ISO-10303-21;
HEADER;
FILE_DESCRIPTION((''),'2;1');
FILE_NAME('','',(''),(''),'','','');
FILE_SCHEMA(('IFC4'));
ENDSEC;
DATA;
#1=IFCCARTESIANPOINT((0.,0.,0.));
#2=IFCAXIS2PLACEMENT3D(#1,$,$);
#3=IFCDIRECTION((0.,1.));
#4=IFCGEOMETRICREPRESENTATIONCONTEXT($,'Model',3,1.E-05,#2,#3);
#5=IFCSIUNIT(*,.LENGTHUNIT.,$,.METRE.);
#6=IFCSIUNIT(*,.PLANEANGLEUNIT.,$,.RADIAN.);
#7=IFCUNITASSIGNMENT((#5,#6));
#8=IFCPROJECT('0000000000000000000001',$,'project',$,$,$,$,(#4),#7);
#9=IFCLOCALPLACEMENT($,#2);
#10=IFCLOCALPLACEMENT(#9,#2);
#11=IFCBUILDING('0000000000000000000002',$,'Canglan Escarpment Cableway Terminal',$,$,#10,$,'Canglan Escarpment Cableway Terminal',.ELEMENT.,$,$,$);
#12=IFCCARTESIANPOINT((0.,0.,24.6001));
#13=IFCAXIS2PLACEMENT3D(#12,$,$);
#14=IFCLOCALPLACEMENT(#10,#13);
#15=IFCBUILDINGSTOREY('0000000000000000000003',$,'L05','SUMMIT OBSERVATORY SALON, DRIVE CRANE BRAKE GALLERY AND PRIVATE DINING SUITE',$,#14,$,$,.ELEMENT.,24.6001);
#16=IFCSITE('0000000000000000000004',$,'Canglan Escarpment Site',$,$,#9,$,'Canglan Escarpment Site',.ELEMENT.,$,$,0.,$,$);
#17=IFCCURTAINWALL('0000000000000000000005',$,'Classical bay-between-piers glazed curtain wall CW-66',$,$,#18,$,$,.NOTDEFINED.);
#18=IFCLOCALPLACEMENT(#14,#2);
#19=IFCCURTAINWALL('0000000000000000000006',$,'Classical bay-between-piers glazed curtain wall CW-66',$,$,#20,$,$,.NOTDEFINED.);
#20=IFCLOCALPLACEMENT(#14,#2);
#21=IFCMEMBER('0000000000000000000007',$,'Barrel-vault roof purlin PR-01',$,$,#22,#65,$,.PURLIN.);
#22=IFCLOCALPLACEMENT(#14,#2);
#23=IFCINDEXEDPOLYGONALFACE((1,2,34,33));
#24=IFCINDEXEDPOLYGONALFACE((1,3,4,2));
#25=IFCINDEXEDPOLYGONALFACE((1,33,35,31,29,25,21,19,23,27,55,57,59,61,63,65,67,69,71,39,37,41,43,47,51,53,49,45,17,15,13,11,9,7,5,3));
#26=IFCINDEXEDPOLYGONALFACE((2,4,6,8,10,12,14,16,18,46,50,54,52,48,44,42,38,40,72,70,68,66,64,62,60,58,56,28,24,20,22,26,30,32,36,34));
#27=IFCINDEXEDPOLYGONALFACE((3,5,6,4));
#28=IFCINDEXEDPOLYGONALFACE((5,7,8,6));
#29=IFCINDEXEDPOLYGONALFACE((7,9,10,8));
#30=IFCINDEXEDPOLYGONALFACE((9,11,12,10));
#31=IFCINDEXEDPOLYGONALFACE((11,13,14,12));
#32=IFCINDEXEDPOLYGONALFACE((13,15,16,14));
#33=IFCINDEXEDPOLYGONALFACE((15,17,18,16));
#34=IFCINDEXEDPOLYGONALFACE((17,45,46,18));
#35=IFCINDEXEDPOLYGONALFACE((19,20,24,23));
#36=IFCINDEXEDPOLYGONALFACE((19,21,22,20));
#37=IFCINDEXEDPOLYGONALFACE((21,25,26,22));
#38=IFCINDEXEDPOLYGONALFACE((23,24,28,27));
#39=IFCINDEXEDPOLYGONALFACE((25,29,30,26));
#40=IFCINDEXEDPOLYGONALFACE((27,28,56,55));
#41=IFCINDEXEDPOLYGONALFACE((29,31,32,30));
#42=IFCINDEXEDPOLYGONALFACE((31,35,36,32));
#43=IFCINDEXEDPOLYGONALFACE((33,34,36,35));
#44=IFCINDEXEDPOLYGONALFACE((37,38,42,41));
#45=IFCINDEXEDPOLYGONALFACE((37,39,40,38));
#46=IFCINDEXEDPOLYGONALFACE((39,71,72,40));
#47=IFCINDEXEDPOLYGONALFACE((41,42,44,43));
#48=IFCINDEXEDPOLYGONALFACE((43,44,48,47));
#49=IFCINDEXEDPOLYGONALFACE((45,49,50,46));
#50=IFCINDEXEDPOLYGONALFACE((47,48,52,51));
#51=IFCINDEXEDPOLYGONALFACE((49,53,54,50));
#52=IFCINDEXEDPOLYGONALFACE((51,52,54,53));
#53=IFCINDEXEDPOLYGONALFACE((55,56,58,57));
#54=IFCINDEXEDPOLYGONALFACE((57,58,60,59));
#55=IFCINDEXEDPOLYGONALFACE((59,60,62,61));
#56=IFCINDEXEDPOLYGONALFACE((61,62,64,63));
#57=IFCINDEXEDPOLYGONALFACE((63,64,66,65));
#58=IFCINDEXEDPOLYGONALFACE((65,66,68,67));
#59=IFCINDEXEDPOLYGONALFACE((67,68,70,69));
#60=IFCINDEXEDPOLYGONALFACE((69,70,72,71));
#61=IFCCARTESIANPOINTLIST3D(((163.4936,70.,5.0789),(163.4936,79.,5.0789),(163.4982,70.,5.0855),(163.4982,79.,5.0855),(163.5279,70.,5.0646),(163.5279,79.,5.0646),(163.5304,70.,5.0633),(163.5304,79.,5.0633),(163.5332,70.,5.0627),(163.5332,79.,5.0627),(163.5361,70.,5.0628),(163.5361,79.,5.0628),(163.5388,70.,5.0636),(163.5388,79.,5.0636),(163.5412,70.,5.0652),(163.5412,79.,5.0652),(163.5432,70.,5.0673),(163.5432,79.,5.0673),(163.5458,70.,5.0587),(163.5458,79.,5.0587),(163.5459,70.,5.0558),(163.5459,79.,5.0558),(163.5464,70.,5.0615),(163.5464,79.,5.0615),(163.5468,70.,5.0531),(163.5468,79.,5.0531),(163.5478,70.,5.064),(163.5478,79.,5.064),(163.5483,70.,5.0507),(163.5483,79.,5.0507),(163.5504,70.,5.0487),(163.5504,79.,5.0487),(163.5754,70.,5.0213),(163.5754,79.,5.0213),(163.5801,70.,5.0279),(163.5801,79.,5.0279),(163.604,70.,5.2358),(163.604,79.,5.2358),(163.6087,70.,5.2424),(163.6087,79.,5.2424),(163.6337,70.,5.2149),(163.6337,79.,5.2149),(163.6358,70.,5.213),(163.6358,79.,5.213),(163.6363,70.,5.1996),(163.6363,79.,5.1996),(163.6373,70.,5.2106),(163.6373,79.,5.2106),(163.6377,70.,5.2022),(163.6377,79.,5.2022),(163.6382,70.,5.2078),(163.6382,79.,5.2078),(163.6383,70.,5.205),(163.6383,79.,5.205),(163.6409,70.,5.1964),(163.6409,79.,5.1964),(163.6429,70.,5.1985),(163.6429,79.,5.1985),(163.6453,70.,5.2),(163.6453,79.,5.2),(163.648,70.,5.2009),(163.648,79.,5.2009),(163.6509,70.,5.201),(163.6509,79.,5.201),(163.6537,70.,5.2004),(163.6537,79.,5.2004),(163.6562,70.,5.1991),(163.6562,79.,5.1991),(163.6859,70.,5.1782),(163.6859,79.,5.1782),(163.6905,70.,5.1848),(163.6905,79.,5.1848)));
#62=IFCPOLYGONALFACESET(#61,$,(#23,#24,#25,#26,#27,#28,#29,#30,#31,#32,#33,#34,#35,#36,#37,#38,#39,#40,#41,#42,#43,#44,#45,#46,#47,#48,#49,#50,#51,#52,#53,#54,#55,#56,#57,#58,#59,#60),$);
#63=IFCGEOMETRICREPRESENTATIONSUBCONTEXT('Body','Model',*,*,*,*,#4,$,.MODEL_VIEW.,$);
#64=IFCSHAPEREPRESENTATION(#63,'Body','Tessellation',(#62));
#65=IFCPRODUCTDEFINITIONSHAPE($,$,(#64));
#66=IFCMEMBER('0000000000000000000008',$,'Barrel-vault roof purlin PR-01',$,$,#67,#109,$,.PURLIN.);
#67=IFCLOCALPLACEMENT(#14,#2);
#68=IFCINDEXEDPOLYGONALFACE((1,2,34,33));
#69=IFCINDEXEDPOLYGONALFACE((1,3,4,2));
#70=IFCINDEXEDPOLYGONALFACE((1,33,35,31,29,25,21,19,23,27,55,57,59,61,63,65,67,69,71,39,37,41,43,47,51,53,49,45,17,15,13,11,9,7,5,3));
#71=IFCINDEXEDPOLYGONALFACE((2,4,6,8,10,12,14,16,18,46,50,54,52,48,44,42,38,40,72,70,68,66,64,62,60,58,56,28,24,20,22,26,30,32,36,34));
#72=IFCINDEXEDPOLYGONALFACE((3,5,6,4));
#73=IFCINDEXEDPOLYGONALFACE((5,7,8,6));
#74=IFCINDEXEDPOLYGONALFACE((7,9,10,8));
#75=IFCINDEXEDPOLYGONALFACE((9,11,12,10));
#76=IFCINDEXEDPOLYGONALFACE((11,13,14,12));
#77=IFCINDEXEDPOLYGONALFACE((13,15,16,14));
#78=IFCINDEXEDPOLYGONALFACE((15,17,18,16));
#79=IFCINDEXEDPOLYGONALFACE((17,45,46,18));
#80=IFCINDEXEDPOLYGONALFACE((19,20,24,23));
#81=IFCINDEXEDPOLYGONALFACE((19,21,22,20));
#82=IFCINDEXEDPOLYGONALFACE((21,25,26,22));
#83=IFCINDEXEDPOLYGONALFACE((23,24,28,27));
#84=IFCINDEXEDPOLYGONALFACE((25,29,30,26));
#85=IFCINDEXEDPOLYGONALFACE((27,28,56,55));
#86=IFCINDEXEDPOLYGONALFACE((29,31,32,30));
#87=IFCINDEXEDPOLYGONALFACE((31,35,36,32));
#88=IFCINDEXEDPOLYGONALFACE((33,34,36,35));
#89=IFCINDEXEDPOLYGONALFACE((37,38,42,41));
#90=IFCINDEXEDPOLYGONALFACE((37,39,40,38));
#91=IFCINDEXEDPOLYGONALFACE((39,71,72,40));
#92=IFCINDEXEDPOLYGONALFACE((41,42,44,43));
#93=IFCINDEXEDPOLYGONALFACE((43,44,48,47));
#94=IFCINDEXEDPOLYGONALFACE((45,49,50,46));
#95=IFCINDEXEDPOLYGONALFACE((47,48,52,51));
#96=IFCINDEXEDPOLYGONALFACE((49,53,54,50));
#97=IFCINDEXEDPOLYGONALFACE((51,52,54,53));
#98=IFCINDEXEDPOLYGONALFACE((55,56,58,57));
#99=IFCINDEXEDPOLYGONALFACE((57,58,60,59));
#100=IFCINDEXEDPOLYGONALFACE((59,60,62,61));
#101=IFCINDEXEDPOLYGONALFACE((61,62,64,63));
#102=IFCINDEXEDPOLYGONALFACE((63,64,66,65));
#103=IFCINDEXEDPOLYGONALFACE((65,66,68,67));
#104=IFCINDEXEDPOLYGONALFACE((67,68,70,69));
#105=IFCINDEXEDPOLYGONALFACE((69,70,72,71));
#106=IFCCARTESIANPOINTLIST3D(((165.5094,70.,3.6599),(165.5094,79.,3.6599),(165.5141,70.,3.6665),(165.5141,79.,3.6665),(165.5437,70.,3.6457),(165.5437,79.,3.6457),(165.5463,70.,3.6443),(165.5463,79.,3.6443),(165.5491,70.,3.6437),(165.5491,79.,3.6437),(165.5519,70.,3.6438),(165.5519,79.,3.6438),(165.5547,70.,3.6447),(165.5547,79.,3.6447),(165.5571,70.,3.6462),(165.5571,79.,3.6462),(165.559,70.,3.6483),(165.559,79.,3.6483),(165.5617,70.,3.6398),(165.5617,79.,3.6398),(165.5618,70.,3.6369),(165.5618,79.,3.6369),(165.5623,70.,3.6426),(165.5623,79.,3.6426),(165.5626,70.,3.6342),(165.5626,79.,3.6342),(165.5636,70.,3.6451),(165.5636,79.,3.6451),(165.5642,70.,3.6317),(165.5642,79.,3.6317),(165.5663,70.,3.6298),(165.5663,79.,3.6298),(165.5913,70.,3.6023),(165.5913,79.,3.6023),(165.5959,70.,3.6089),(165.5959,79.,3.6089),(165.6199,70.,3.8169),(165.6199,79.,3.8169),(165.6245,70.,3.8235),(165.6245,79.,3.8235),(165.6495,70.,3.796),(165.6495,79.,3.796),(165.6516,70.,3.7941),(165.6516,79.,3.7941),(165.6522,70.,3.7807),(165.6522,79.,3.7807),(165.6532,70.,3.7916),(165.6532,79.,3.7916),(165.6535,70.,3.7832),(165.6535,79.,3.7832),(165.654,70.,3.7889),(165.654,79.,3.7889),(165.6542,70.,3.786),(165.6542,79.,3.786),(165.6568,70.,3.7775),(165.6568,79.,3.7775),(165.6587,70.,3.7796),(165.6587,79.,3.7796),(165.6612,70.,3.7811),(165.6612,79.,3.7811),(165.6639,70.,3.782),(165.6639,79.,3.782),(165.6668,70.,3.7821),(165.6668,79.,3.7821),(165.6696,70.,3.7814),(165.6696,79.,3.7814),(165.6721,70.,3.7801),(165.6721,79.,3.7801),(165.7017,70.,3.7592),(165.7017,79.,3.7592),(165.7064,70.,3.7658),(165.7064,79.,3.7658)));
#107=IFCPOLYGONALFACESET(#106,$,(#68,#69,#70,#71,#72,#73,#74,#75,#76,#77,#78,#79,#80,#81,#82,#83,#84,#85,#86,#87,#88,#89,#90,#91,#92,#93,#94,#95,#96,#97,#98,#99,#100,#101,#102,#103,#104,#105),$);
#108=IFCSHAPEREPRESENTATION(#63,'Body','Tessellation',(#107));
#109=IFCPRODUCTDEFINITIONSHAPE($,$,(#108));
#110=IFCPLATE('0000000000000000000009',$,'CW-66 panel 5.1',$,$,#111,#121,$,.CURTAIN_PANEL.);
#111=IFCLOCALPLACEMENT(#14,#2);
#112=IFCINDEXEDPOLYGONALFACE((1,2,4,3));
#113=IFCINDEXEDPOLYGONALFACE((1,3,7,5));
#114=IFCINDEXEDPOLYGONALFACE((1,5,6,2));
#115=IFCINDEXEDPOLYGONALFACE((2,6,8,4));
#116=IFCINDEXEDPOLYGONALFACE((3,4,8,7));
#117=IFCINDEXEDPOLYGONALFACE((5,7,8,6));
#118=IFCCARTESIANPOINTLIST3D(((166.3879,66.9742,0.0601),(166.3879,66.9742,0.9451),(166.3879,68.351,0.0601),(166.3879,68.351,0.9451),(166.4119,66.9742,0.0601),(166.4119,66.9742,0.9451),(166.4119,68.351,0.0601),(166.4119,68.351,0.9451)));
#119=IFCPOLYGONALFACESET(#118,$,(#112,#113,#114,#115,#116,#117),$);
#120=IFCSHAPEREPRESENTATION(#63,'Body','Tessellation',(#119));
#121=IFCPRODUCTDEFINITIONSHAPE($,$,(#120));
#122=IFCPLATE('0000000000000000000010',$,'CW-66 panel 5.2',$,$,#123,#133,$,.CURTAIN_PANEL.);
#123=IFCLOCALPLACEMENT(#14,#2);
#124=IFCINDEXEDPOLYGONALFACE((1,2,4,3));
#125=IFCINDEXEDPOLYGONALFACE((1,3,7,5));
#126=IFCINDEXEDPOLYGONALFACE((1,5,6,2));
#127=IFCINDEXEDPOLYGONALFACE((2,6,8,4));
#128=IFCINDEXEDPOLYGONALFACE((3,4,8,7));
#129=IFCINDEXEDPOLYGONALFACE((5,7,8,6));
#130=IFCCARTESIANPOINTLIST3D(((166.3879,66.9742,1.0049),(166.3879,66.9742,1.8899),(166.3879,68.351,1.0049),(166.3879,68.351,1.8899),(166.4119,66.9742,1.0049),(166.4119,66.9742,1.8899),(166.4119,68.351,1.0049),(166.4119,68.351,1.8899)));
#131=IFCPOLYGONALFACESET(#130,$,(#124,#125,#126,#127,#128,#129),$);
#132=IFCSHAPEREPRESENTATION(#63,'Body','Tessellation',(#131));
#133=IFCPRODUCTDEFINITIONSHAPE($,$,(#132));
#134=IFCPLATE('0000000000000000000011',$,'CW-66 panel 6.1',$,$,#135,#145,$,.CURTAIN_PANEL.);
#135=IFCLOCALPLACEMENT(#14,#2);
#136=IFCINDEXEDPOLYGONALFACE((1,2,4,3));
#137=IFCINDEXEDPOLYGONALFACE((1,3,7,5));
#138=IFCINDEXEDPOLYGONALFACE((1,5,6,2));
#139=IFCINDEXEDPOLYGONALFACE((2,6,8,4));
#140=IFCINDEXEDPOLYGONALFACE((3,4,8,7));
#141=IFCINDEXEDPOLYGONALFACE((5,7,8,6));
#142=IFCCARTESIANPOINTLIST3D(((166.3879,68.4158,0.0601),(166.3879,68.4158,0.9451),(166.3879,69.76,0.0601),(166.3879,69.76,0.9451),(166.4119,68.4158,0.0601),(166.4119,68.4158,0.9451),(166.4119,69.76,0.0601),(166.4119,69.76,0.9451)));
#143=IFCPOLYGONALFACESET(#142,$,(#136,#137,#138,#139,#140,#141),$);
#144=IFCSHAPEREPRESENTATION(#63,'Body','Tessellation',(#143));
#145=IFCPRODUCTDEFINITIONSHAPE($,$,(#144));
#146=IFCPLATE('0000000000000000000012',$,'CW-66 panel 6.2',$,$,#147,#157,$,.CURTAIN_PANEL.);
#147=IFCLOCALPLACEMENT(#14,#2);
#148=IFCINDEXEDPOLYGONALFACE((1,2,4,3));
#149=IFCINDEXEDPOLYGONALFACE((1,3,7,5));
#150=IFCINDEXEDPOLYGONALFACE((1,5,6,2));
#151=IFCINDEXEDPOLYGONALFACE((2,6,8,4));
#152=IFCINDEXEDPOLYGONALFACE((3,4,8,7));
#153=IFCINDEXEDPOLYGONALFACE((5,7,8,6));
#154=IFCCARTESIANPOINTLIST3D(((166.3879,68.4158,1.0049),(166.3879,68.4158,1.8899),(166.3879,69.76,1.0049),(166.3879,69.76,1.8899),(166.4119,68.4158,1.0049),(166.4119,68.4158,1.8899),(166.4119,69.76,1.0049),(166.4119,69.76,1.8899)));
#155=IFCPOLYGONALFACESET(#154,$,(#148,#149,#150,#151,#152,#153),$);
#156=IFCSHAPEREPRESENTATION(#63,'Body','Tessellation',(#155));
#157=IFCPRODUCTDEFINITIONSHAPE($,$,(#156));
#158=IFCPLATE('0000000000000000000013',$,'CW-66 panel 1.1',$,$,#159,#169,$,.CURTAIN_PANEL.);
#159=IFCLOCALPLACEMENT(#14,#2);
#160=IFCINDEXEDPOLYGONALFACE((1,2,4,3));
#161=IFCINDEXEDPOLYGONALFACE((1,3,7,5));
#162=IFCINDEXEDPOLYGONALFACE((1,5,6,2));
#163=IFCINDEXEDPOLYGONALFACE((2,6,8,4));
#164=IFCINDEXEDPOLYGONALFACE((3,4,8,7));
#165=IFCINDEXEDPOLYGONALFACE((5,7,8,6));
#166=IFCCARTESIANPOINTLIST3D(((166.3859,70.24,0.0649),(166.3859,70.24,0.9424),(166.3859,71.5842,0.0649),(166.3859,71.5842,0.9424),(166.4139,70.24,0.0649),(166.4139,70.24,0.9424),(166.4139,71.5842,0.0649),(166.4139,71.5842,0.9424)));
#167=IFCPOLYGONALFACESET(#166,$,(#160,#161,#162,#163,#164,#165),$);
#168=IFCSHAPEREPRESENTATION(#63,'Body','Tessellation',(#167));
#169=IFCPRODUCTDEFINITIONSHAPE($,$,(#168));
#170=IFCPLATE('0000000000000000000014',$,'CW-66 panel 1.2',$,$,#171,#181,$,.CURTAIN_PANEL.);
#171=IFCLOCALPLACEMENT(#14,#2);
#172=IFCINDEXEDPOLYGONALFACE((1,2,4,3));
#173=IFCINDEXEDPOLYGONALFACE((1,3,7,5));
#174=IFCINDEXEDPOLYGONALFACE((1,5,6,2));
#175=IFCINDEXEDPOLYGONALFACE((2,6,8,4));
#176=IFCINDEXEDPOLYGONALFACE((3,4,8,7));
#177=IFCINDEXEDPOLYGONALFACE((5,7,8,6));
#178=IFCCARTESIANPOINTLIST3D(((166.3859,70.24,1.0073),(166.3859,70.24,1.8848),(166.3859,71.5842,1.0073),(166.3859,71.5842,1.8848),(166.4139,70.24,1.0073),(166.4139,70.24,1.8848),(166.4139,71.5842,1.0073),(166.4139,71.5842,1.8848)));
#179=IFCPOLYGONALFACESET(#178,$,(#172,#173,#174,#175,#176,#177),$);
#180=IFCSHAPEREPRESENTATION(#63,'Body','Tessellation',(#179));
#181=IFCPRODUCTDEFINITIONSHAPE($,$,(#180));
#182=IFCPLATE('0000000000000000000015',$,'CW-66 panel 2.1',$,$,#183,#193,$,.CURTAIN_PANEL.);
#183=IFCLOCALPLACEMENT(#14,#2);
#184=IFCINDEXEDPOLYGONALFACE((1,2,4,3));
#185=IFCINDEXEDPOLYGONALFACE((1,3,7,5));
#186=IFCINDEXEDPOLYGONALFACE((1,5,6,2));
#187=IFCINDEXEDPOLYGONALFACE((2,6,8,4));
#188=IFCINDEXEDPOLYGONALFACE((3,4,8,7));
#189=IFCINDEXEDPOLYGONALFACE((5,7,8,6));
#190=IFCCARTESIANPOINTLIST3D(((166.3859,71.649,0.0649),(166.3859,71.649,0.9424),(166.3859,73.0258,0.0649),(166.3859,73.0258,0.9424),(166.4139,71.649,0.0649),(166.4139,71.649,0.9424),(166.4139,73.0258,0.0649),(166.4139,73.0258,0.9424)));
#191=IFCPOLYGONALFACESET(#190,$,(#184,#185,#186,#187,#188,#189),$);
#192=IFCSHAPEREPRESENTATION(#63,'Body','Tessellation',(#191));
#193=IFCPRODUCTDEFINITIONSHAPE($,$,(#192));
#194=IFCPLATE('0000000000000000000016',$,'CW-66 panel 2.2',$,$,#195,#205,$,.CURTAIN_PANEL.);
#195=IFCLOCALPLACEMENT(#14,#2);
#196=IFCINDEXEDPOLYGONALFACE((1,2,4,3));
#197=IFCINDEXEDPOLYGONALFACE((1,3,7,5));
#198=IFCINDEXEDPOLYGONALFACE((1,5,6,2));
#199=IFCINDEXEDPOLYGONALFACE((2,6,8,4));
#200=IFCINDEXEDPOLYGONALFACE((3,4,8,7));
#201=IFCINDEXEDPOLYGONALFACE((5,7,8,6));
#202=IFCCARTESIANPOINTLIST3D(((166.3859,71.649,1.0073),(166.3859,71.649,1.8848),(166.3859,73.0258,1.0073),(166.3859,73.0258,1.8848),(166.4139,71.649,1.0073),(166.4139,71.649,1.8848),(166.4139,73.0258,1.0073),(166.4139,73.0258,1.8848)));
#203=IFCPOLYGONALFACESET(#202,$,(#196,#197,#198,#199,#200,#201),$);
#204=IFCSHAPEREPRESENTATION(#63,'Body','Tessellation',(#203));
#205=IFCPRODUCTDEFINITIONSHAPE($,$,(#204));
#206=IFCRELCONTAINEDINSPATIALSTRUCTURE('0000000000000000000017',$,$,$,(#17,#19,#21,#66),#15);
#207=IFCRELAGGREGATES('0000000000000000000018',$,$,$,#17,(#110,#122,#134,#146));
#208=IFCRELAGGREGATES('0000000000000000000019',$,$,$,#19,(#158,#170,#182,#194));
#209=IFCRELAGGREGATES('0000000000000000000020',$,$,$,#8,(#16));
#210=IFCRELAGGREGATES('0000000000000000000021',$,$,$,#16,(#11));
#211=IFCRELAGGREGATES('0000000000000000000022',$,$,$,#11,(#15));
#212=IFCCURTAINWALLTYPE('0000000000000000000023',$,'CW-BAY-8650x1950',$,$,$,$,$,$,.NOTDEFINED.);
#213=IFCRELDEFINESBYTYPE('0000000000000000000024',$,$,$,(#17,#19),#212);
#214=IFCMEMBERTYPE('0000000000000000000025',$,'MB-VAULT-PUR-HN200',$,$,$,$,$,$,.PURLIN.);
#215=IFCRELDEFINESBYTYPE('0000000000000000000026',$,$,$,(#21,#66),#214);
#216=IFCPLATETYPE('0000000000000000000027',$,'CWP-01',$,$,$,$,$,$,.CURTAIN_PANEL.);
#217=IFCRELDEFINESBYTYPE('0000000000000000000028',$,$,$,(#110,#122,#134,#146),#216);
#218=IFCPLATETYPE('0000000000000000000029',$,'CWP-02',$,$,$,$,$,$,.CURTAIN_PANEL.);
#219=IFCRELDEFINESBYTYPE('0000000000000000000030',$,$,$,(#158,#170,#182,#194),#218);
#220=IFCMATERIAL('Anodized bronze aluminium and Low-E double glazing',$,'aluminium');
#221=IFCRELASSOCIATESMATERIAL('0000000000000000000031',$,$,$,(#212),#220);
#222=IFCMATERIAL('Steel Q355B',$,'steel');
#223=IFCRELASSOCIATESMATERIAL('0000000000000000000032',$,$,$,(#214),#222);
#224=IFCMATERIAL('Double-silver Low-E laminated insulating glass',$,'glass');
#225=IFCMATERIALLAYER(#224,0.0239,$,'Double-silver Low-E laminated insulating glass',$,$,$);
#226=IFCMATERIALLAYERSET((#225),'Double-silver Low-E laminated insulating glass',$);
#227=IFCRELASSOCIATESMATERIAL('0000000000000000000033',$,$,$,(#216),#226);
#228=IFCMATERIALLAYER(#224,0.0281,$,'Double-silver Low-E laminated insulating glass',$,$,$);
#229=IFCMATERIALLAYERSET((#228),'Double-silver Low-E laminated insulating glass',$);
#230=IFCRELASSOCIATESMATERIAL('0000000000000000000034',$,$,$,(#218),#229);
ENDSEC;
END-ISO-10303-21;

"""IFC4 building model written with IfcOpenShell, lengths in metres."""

from ifc_helpers import new_model, si_unit, direction, frame, origin, origin_2d, place, context, subcontext, project, spatial, rectangle, i_section, extrude, material, layer, layer_set, material_profile, profile_set, type_object, element, aggregate, save


model = new_model("IFC4")

# Units and contexts
model_context = context("Model", 3, precision=1e-05, world=origin(), true_north=direction((0.0, 1.0)))
body_context = subcontext(model_context, "Body", "Model", "MODEL_VIEW")
ifc_project = project(units=[si_unit("LENGTHUNIT", "METRE"), si_unit("PLANEANGLEUNIT", "RADIAN")], contexts=[model_context])

# Site, building, storey
site_placement = place(None, origin())
site = spatial("IfcSite", under=ifc_project, at=site_placement, Name="Canglan Escarpment Site", LongName="Canglan Escarpment Site", CompositionType="ELEMENT", RefElevation=0.0)
building_placement = place(site_placement, origin())
building = spatial("IfcBuilding", under=site, at=building_placement, Name="Canglan Escarpment Cableway Terminal", LongName="Canglan Escarpment Cableway Terminal", CompositionType="ELEMENT")
storey_placement = place(building_placement, frame((0.0, 0.0, 24.6001)))
storey = spatial("IfcBuildingStorey", under=building, at=storey_placement, Name="L05", Description="SUMMIT OBSERVATORY SALON, DRIVE CRANE BRAKE GALLERY AND PRIVATE DINING SUITE", CompositionType="ELEMENT", Elevation=24.6001)

# Shared definitions
ifc_material_1 = material(Name="Steel Q355B", Category="steel")

# Curtain walls
ifc_material_2 = material(Name="Anodized bronze aluminium and Low-E double glazing", Category="aluminium")
curtain_wall_type = type_object("IfcCurtainWallType", Name="CW-BAY-8650x1950", PredefinedType="NOTDEFINED", material=ifc_material_2)
curtain_wall_1_placement = place(storey_placement, origin())
curtain_wall_1 = element("IfcCurtainWall", 1, at=curtain_wall_1_placement, inside=storey, type_object=curtain_wall_type, Name="Classical bay-between-piers glazed curtain wall CW-66", PredefinedType="NOTDEFINED")
curtain_wall_2_placement = place(storey_placement, origin())
curtain_wall_2 = element("IfcCurtainWall", 2, at=curtain_wall_2_placement, inside=storey, type_object=curtain_wall_type, Name="Classical bay-between-piers glazed curtain wall CW-66", PredefinedType="NOTDEFINED")

# Members
ifc_material_profile_1 = material_profile(ifc_material_1, i_section(OverallWidth=0.1001, OverallDepth=0.2, WebThickness=0.0056, FlangeThickness=0.0081, FilletRadius=0.011, at=origin_2d()), Name="HN 200x100x5.5x8")
ifc_profile_set_1 = profile_set([ifc_material_profile_1], Name="Steel Q355B")
member_type_1 = type_object("IfcMemberType", Name="MB-VAULT-PUR-HN200", PredefinedType="PURLIN", material=ifc_profile_set_1)
for number, where, z_axis, x_axis, name in (
    (3, (163.592, 70.0, 5.1318), (0.0, 1.0, 0.0), (-0.817728, 0.0, 0.575605), "Barrel-vault roof purlin PR-01"),
    (4, (165.6079, 70.0, 3.7129), (0.0, 1.0, 0.0), (-0.817728, 0.0, 0.575605), "Barrel-vault roof purlin PR-01"),
):
    element("IfcMember", number, at=place(storey_placement, frame(where, z_axis=z_axis, x_axis=x_axis)), inside=storey, type_object=member_type_1, Name=name, PredefinedType="PURLIN", context=body_context, shape_type="SweptSolid", body=[
        extrude(i_section(OverallWidth=0.1001, OverallDepth=0.2, WebThickness=0.0056, FlangeThickness=0.0081, FilletRadius=0.011, at=origin_2d()), origin(), (0.0, 0.0, 1.0), 9.0),
    ])

# Plates
ifc_material_3 = material(Name="Double-silver Low-E laminated insulating glass", Category="glass")
ifc_layer_1 = layer(ifc_material_3, 0.0239, Name="Double-silver Low-E laminated insulating glass")
ifc_layer_set_1 = layer_set([ifc_layer_1], Name="Double-silver Low-E laminated insulating glass")
plate_type_1 = type_object("IfcPlateType", Name="CWP-01", PredefinedType="CURTAIN_PANEL", material=ifc_layer_set_1)
plate_1_placement = place(storey_placement, frame((166.3999, 67.6626, 0.0601), z_axis=(0.0, 0.0, 1.0), x_axis=(0.0, 1.0, 0.0)))
plate_1 = element("IfcPlate", 5, at=plate_1_placement, type_object=plate_type_1, Name="CW-66 panel 5.1", PredefinedType="CURTAIN_PANEL", context=body_context, shape_type="SweptSolid", body=[
    extrude(rectangle(XDim=1.3767, YDim=0.0239, at=origin_2d()), origin(), (0.0, 0.0, 1.0), 0.885),
])
plate_2_placement = place(storey_placement, frame((166.3999, 67.6626, 1.0049), z_axis=(0.0, 0.0, 1.0), x_axis=(0.0, 1.0, 0.0)))
plate_2 = element("IfcPlate", 6, at=plate_2_placement, type_object=plate_type_1, Name="CW-66 panel 5.2", PredefinedType="CURTAIN_PANEL", context=body_context, shape_type="SweptSolid", body=[
    extrude(rectangle(XDim=1.3767, YDim=0.0239, at=origin_2d()), origin(), (0.0, 0.0, 1.0), 0.885),
])
plate_3_placement = place(storey_placement, frame((166.3999, 69.0879, 0.0601), z_axis=(0.0, 0.0, 1.0), x_axis=(0.0, 1.0, 0.0)))
plate_3 = element("IfcPlate", 7, at=plate_3_placement, type_object=plate_type_1, Name="CW-66 panel 6.1", PredefinedType="CURTAIN_PANEL", context=body_context, shape_type="SweptSolid", body=[
    extrude(rectangle(XDim=1.3442, YDim=0.0239, at=origin_2d()), origin(), (0.0, 0.0, 1.0), 0.885),
])
plate_4_placement = place(storey_placement, frame((166.3999, 69.0879, 1.0049), z_axis=(0.0, 0.0, 1.0), x_axis=(0.0, 1.0, 0.0)))
plate_4 = element("IfcPlate", 8, at=plate_4_placement, type_object=plate_type_1, Name="CW-66 panel 6.2", PredefinedType="CURTAIN_PANEL", context=body_context, shape_type="SweptSolid", body=[
    extrude(rectangle(XDim=1.3442, YDim=0.0239, at=origin_2d()), origin(), (0.0, 0.0, 1.0), 0.885),
])
aggregate(curtain_wall_1, [plate_1, plate_2, plate_3, plate_4])
ifc_layer_2 = layer(ifc_material_3, 0.0281, Name="Double-silver Low-E laminated insulating glass")
ifc_layer_set_2 = layer_set([ifc_layer_2], Name="Double-silver Low-E laminated insulating glass")
plate_type_2 = type_object("IfcPlateType", Name="CWP-02", PredefinedType="CURTAIN_PANEL", material=ifc_layer_set_2)
plate_5_placement = place(storey_placement, frame((166.3999, 70.9121, 0.0649), z_axis=(0.0, 0.0, 1.0), x_axis=(0.0, 1.0, 0.0)))
plate_5 = element("IfcPlate", 9, at=plate_5_placement, type_object=plate_type_2, Name="CW-66 panel 1.1", PredefinedType="CURTAIN_PANEL", context=body_context, shape_type="SweptSolid", body=[
    extrude(rectangle(XDim=1.3442, YDim=0.0281, at=origin_2d()), origin(), (0.0, 0.0, 1.0), 0.8774),
])
plate_6_placement = place(storey_placement, frame((166.3999, 70.9121, 1.0073), z_axis=(0.0, 0.0, 1.0), x_axis=(0.0, 1.0, 0.0)))
plate_6 = element("IfcPlate", 10, at=plate_6_placement, type_object=plate_type_2, Name="CW-66 panel 1.2", PredefinedType="CURTAIN_PANEL", context=body_context, shape_type="SweptSolid", body=[
    extrude(rectangle(XDim=1.3442, YDim=0.0281, at=origin_2d()), origin(), (0.0, 0.0, 1.0), 0.8774),
])
plate_7_placement = place(storey_placement, frame((166.3999, 72.3374, 0.0649), z_axis=(0.0, 0.0, 1.0), x_axis=(0.0, 1.0, 0.0)))
plate_7 = element("IfcPlate", 11, at=plate_7_placement, type_object=plate_type_2, Name="CW-66 panel 2.1", PredefinedType="CURTAIN_PANEL", context=body_context, shape_type="SweptSolid", body=[
    extrude(rectangle(XDim=1.3767, YDim=0.0281, at=origin_2d()), origin(), (0.0, 0.0, 1.0), 0.8774),
])
plate_8_placement = place(storey_placement, frame((166.3999, 72.3374, 1.0073), z_axis=(0.0, 0.0, 1.0), x_axis=(0.0, 1.0, 0.0)))
plate_8 = element("IfcPlate", 12, at=plate_8_placement, type_object=plate_type_2, Name="CW-66 panel 2.2", PredefinedType="CURTAIN_PANEL", context=body_context, shape_type="SweptSolid", body=[
    extrude(rectangle(XDim=1.3767, YDim=0.0281, at=origin_2d()), origin(), (0.0, 0.0, 1.0), 0.8774),
])
aggregate(curtain_wall_2, [plate_5, plate_6, plate_7, plate_8])

save(model, "model.ifc")
